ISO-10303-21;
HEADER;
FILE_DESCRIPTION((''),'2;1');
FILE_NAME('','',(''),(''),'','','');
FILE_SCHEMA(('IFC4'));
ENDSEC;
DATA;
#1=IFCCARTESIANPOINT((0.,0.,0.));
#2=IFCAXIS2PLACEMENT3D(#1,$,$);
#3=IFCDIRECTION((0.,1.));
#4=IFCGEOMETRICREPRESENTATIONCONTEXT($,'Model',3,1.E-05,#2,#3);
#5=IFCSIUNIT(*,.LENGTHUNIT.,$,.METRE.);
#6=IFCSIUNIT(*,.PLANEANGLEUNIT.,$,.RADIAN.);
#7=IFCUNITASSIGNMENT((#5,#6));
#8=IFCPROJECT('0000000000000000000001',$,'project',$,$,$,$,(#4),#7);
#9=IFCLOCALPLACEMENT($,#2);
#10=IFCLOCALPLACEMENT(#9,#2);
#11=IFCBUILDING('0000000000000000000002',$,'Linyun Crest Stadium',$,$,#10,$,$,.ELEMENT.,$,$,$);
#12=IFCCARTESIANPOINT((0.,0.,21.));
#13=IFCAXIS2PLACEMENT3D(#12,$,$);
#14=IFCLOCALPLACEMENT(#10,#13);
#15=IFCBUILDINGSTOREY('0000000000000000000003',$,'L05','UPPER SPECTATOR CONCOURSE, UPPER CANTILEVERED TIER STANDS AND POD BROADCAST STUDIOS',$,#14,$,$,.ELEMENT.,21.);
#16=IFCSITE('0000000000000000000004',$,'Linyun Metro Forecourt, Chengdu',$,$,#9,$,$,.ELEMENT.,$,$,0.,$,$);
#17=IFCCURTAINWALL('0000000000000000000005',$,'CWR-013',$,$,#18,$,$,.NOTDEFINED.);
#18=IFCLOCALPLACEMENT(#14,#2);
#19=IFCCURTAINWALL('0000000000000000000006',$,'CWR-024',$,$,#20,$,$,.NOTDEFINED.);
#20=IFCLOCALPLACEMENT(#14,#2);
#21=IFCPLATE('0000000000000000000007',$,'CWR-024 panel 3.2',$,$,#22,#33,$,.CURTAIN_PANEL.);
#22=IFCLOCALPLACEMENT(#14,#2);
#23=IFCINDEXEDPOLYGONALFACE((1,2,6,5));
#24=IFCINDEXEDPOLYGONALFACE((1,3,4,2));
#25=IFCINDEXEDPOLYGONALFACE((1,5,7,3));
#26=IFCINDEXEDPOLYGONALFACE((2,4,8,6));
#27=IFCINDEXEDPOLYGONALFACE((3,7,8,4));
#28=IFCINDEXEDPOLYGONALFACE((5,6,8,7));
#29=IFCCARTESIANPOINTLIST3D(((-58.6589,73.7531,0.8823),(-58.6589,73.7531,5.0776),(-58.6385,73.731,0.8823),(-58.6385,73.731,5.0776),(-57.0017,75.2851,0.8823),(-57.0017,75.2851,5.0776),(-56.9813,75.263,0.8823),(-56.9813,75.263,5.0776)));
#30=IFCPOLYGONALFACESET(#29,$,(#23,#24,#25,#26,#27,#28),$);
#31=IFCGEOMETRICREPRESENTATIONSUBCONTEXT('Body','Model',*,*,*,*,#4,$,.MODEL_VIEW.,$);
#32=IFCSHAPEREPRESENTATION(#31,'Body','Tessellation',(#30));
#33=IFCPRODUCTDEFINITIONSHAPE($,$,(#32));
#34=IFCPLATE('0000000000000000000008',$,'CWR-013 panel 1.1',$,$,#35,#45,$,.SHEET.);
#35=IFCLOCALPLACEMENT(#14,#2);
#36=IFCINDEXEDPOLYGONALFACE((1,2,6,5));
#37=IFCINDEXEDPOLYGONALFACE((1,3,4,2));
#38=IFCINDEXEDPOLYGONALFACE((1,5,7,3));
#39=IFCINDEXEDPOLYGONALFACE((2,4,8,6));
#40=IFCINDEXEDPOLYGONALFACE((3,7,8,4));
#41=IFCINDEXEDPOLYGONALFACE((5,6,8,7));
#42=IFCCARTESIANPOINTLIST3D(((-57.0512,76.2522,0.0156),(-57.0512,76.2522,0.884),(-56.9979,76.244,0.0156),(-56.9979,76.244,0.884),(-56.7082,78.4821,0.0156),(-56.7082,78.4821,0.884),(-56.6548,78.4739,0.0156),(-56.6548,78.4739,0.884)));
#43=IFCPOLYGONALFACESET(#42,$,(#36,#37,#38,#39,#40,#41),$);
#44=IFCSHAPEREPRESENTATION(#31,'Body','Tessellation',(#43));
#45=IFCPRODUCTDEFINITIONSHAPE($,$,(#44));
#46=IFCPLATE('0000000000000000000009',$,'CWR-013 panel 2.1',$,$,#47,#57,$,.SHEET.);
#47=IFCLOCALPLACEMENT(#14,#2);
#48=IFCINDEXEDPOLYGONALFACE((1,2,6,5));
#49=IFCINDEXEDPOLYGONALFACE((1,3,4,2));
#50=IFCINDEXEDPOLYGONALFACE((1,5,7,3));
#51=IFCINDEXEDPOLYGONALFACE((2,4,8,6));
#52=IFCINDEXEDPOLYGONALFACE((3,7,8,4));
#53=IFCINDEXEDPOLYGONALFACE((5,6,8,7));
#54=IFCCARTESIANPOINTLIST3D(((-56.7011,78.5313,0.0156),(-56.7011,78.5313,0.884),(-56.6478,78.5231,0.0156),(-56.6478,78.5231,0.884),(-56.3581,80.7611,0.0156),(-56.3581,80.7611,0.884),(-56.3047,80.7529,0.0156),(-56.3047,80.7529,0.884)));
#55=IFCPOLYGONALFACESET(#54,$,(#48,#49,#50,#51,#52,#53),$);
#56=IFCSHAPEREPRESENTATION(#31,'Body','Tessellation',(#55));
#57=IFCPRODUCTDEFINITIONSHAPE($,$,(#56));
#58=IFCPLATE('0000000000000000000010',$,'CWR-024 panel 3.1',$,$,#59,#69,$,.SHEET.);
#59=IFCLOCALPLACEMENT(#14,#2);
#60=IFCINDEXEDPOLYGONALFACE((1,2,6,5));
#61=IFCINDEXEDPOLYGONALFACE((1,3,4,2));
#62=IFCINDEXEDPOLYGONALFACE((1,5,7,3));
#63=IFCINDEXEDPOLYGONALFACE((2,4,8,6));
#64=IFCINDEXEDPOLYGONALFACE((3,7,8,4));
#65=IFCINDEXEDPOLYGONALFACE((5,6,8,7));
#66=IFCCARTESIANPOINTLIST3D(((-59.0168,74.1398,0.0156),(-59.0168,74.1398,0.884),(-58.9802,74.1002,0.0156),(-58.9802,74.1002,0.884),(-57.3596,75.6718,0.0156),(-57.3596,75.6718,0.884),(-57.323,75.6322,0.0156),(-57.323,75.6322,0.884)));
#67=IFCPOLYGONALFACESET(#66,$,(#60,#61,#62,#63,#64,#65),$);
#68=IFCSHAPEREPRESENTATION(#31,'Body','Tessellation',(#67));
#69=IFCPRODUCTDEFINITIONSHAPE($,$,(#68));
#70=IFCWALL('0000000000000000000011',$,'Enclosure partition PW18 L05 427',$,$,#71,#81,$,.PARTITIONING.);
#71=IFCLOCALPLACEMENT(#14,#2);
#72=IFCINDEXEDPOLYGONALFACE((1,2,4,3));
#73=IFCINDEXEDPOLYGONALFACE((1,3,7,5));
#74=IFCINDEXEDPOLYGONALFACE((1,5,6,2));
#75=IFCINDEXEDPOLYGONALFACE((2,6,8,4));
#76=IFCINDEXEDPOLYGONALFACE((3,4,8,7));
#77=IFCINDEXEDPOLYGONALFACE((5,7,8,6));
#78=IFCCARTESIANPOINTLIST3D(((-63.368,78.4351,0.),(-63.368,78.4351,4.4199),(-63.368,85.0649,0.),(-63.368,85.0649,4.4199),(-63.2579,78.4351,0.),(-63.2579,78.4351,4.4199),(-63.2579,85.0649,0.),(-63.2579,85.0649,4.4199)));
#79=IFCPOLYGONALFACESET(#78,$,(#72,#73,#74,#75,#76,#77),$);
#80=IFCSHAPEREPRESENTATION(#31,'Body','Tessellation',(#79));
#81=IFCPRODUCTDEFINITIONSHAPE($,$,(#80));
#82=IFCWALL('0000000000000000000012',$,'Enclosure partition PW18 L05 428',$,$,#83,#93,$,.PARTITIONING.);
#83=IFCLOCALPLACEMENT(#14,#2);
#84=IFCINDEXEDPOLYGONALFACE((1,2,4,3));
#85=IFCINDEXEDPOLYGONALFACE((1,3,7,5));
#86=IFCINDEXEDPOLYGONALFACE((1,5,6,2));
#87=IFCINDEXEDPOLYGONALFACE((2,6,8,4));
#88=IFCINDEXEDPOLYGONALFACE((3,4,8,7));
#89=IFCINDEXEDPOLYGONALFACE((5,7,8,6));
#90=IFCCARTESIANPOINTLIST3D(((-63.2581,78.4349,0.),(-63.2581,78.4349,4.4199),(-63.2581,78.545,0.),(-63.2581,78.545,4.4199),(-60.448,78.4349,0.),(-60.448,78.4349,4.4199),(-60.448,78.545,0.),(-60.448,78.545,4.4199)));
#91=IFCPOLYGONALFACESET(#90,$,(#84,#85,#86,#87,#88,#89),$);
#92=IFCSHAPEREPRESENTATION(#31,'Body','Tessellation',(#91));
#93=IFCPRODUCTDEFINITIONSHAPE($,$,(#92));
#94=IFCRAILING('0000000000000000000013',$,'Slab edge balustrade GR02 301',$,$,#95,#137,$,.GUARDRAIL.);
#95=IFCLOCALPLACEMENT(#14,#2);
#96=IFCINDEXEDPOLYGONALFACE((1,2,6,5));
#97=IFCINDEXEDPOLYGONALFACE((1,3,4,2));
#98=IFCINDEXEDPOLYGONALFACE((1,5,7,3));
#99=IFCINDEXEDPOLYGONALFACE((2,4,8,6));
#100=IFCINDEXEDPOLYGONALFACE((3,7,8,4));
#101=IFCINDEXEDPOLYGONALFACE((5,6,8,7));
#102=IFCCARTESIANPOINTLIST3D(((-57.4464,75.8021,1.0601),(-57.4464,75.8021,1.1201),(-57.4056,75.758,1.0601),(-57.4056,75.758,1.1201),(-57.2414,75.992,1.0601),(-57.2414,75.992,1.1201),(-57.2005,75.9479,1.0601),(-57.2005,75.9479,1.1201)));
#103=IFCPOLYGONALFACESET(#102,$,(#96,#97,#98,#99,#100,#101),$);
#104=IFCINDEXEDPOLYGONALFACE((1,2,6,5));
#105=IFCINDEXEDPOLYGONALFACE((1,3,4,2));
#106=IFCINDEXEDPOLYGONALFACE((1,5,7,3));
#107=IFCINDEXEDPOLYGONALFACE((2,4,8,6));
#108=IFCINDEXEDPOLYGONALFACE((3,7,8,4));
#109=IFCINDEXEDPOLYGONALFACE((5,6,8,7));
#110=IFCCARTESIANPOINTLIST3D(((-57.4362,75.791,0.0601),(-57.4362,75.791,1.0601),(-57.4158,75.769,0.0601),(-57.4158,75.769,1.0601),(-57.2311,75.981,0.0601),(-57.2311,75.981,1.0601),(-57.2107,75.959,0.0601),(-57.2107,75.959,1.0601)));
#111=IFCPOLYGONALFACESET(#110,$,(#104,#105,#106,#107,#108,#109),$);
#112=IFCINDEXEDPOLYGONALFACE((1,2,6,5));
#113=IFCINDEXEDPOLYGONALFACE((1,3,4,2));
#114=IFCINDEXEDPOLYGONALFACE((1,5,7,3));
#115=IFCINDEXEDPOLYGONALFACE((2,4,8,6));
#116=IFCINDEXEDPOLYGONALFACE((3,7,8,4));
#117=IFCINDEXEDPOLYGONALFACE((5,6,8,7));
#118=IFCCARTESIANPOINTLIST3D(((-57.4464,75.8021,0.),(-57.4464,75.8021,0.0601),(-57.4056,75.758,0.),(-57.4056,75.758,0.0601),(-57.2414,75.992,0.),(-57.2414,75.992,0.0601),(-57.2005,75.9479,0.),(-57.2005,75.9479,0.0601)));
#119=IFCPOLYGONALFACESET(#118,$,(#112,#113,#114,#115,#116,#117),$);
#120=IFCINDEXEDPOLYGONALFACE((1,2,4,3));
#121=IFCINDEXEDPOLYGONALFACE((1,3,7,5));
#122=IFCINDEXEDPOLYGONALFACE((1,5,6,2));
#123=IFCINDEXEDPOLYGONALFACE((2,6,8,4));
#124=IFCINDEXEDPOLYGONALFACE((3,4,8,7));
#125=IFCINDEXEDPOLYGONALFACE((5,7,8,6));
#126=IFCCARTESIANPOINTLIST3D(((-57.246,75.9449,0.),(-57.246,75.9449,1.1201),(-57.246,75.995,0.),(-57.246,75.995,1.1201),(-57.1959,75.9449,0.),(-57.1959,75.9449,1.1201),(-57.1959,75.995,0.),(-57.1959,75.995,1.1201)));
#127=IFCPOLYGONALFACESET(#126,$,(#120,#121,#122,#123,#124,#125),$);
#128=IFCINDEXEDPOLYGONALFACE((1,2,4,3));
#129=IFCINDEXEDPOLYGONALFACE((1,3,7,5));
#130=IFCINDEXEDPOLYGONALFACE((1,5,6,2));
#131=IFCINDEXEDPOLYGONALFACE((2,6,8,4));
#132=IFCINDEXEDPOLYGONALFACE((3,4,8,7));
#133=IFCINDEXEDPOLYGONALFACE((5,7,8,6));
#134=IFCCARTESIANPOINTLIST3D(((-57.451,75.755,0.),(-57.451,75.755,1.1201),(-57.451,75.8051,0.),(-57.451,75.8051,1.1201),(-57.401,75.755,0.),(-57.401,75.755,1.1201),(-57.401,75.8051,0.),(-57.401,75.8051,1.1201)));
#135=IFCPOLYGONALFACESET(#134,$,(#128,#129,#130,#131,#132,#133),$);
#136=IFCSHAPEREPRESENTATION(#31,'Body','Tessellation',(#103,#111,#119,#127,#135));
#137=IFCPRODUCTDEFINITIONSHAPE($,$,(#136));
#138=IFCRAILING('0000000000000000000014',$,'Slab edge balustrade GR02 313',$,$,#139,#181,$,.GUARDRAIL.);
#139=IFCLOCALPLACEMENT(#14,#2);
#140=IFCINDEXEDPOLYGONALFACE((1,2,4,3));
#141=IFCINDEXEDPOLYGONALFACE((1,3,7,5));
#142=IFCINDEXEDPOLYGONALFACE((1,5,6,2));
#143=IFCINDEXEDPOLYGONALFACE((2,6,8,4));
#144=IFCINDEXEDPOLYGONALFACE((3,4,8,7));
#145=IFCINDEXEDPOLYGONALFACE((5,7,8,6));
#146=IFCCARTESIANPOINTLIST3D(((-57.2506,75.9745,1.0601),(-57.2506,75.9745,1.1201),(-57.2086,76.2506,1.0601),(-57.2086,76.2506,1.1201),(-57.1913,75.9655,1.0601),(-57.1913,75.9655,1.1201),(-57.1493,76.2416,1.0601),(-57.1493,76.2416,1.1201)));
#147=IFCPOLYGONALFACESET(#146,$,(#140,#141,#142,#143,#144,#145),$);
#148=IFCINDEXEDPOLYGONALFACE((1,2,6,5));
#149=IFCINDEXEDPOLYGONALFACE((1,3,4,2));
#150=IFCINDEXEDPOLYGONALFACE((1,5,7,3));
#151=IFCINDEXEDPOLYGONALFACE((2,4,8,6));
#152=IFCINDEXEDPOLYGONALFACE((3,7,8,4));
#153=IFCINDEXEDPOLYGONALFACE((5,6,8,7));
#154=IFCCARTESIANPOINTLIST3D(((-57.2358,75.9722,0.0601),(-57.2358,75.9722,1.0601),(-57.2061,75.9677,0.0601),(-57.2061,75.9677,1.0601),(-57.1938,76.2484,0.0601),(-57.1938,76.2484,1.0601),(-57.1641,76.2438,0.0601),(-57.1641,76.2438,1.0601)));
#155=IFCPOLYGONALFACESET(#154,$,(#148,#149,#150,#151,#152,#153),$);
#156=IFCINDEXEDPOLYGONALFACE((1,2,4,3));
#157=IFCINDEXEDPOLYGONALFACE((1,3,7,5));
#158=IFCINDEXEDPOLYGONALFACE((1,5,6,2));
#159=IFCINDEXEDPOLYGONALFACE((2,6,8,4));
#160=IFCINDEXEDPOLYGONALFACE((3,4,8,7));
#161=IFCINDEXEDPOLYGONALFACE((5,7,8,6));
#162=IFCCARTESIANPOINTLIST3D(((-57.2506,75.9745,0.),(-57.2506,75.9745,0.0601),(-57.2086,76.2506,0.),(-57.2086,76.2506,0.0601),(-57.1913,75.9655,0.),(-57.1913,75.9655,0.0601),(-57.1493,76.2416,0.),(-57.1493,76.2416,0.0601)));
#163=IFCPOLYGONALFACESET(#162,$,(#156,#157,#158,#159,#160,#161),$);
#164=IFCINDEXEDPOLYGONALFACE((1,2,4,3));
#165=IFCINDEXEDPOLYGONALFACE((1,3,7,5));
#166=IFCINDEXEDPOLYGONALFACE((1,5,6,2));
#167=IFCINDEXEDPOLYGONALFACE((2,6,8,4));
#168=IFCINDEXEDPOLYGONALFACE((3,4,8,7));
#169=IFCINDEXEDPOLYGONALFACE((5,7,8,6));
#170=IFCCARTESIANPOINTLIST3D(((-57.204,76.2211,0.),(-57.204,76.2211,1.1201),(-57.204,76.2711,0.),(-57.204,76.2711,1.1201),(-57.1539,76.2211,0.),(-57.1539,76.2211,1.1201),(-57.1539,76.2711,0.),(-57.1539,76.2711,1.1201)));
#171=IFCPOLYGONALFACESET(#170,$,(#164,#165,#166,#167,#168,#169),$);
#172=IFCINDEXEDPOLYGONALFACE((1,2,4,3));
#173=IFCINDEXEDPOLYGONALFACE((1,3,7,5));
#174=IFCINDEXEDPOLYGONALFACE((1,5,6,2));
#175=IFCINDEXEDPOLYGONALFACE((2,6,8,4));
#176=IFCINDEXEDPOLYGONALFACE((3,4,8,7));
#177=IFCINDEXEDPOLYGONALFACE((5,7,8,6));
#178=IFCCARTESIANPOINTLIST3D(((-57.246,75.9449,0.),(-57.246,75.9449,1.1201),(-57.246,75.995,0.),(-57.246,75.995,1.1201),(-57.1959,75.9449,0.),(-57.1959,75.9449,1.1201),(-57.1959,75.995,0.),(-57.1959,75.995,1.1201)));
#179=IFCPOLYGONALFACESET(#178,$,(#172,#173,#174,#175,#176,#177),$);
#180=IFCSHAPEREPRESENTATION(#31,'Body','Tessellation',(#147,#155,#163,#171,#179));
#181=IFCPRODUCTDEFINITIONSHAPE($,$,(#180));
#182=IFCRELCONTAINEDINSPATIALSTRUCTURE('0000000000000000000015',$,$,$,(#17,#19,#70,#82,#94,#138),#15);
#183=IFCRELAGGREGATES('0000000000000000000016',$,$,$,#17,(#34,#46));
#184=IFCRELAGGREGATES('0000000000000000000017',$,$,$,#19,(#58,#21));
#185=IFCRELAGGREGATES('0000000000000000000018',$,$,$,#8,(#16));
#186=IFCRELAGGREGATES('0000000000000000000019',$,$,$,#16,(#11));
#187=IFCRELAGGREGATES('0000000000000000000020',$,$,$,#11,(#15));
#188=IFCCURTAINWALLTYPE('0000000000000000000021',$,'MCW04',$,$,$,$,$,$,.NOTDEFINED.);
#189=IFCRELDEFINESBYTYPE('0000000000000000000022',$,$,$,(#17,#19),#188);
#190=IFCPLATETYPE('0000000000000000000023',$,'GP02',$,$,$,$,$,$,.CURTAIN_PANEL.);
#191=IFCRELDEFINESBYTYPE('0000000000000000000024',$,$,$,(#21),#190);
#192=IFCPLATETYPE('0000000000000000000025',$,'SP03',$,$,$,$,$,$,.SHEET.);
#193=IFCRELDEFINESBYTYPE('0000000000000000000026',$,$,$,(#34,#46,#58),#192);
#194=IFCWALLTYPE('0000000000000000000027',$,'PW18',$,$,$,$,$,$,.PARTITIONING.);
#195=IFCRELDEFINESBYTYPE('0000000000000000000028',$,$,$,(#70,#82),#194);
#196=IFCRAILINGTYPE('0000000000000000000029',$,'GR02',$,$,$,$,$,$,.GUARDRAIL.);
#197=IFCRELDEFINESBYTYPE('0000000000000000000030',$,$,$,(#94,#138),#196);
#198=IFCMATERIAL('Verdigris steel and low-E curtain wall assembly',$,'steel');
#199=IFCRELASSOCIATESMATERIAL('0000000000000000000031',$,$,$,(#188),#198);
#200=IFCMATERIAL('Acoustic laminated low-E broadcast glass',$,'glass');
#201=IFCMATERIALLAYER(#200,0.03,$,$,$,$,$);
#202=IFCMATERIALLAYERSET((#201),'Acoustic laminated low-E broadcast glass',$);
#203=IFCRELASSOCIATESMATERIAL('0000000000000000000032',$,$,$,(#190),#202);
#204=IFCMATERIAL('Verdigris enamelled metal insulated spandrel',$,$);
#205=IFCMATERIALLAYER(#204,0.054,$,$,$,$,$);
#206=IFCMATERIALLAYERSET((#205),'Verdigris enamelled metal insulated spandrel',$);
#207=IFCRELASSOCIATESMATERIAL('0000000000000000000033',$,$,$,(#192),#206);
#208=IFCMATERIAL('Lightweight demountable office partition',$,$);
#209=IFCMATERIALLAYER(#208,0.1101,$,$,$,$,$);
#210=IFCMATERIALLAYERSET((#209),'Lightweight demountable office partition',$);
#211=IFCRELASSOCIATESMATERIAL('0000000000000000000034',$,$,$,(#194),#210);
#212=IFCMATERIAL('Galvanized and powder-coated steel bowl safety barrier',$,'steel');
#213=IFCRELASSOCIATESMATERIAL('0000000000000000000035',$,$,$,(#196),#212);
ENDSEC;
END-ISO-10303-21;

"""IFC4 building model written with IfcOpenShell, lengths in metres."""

from ifc_helpers import new_model, si_unit, direction, frame, frame_2d, origin, origin_2d, place, context, subcontext, project, spatial, rectangle, extrude, material, layer, layer_set, type_object, element, aggregate, save


model = new_model("IFC4")

# Units and contexts
model_context = context("Model", 3, precision=1e-05, world=origin(), true_north=direction((0.0, 1.0)))
body_context = subcontext(model_context, "Body", "Model", "MODEL_VIEW")
ifc_project = project(units=[si_unit("LENGTHUNIT", "METRE"), si_unit("PLANEANGLEUNIT", "RADIAN")], contexts=[model_context])

# Site, building, storey
site_placement = place(None, origin())
site = spatial("IfcSite", under=ifc_project, at=site_placement, Name="Linyun Metro Forecourt, Chengdu", CompositionType="ELEMENT", RefElevation=0.0)
building_placement = place(site_placement, origin())
building = spatial("IfcBuilding", under=site, at=building_placement, Name="Linyun Crest Stadium", CompositionType="ELEMENT")
storey_placement = place(building_placement, frame((0.0, 0.0, 21.0)))
storey = spatial("IfcBuildingStorey", under=building, at=storey_placement, Name="L05", Description="UPPER SPECTATOR CONCOURSE, UPPER CANTILEVERED TIER STANDS AND POD BROADCAST STUDIOS", CompositionType="ELEMENT", Elevation=21.0)

# Curtain wall
ifc_material_1 = material(Name="Verdigris steel and low-E curtain wall assembly", Category="steel")
curtain_wall_type = type_object("IfcCurtainWallType", Name="MCW04", PredefinedType="NOTDEFINED", material=ifc_material_1)
curtain_wall_1_placement = place(storey_placement, origin())
curtain_wall_1 = element("IfcCurtainWall", 1, at=curtain_wall_1_placement, inside=storey, type_object=curtain_wall_type, Name="CWR-013", PredefinedType="NOTDEFINED")

# Curtain wall
curtain_wall_2_placement = place(storey_placement, origin())
curtain_wall_2 = element("IfcCurtainWall", 2, at=curtain_wall_2_placement, inside=storey, type_object=curtain_wall_type, Name="CWR-024", PredefinedType="NOTDEFINED")

# Plates
ifc_material_2 = material(Name="Acoustic laminated low-E broadcast glass", Category="glass")
ifc_layer_1 = layer(ifc_material_2, 0.03)
ifc_layer_set_1 = layer_set([ifc_layer_1], Name="Acoustic laminated low-E broadcast glass")
plate_type_1 = type_object("IfcPlateType", Name="GP02", PredefinedType="CURTAIN_PANEL", material=ifc_layer_set_1)
plate_1_placement = place(storey_placement, frame((-57.8201, 74.5081, 0.8823), z_axis=(0.0, 0.0, 1.0), x_axis=(0.734299, 0.678826, 0.0)))
plate_1 = element("IfcPlate", 3, at=plate_1_placement, type_object=plate_type_1, Name="CWR-024 panel 3.2", PredefinedType="CURTAIN_PANEL", context=body_context, shape_type="SweptSolid", body=[
    extrude(rectangle(XDim=2.2568, YDim=0.03, at=origin_2d()), origin(), (0.0, 0.0, 1.0), 4.1953),
])
ifc_material_3 = material(Name="Verdigris enamelled metal insulated spandrel")
ifc_layer_2 = layer(ifc_material_3, 0.054)
ifc_layer_set_2 = layer_set([ifc_layer_2], Name="Verdigris enamelled metal insulated spandrel")
plate_type_2 = type_object("IfcPlateType", Name="SP03", PredefinedType="SHEET", material=ifc_layer_set_2)
plate_2_placement = place(storey_placement, frame((-56.853, 77.363, 0.0156), z_axis=(0.0, 0.0, 1.0), x_axis=(0.152054, 0.988372, 0.0)))
plate_2 = element("IfcPlate", 4, at=plate_2_placement, type_object=plate_type_2, Name="CWR-013 panel 1.1", PredefinedType="SHEET", context=body_context, shape_type="SweptSolid", body=[
    extrude(rectangle(XDim=2.2561, YDim=0.054, at=origin_2d()), origin(), (0.0, 0.0, 1.0), 0.8684),
])
plate_3_placement = place(storey_placement, frame((-56.5029, 79.6421, 0.0156), z_axis=(0.0, 0.0, 1.0), x_axis=(0.152054, 0.988372, 0.0)))
plate_3 = element("IfcPlate", 5, at=plate_3_placement, type_object=plate_type_2, Name="CWR-013 panel 2.1", PredefinedType="SHEET", context=body_context, shape_type="SweptSolid", body=[
    extrude(rectangle(XDim=2.2561, YDim=0.054, at=origin_2d()), origin(), (0.0, 0.0, 1.0), 0.8684),
])
aggregate(curtain_wall_1, [plate_2, plate_3])
plate_4_placement = place(storey_placement, frame((-58.1699, 74.886, 0.0156), z_axis=(0.0, 0.0, 1.0), x_axis=(0.734299, 0.678826, 0.0)))
plate_4 = element("IfcPlate", 6, at=plate_4_placement, type_object=plate_type_2, Name="CWR-024 panel 3.1", PredefinedType="SHEET", context=body_context, shape_type="SweptSolid", body=[
    extrude(rectangle(XDim=2.2568, YDim=0.054, at=origin_2d()), origin(), (0.0, 0.0, 1.0), 0.8684),
])
aggregate(curtain_wall_2, [plate_4, plate_1])

# Walls
ifc_material_4 = material(Name="Lightweight demountable office partition")
ifc_layer_3 = layer(ifc_material_4, 0.1101)
ifc_layer_set_3 = layer_set([ifc_layer_3], Name="Lightweight demountable office partition")
wall_type = type_object("IfcWallType", Name="PW18", PredefinedType="PARTITIONING", material=ifc_layer_set_3)
wall_1_placement = place(storey_placement, frame((-63.313, 78.4351, 0.0), z_axis=(0.0, 0.0, 1.0), x_axis=(0.0, 1.0, 0.0)))
element("IfcWall", 7, at=wall_1_placement, inside=storey, type_object=wall_type, Name="Enclosure partition PW18 L05 427", PredefinedType="PARTITIONING", context=body_context, shape_type="SweptSolid", body=[
    extrude(rectangle(XDim=6.6299, YDim=0.1101, at=frame_2d((3.3149, 0.0))), origin(), (0.0, 0.0, 1.0), 4.4199),
])
wall_2_placement = place(storey_placement, frame((-63.2581, 78.49, 0.0), z_axis=(0.0, 0.0, 1.0), x_axis=(1.0, 0.0, 0.0)))
element("IfcWall", 8, at=wall_2_placement, inside=storey, type_object=wall_type, Name="Enclosure partition PW18 L05 428", PredefinedType="PARTITIONING", context=body_context, shape_type="SweptSolid", body=[
    extrude(rectangle(XDim=2.8101, YDim=0.1101, at=frame_2d((1.405, 0.0))), origin(), (0.0, 0.0, 1.0), 4.4199),
])

# Railings
ifc_material_5 = material(Name="Galvanized and powder-coated steel bowl safety barrier", Category="steel")
railing_type = type_object("IfcRailingType", Name="GR02", PredefinedType="GUARDRAIL", material=ifc_material_5)
railing_1_placement = place(storey_placement, frame((-57.2209, 75.97, 0.0)))
element("IfcRailing", 9, at=railing_1_placement, inside=storey, type_object=railing_type, Name="Slab edge balustrade GR02 301", PredefinedType="GUARDRAIL", context=body_context, shape_type="SweptSolid", body=[
    extrude(rectangle(XDim=0.0601, YDim=0.0601, at=origin_2d()), frame((0.0, 0.0, 1.0901), z_axis=(-0.733664, -0.679513, 0.0), x_axis=(0.679513, -0.733664, 0.0)), (0.0, 0.0, 1.0), 0.2795),
    extrude(rectangle(XDim=0.03, YDim=1.0, at=origin_2d()), frame((0.0, 0.0, 0.5601), z_axis=(-0.733664, -0.679513, 0.0), x_axis=(0.679513, -0.733664, 0.0)), (0.0, 0.0, 1.0), 0.2795),
    extrude(rectangle(XDim=0.0601, YDim=0.0601, at=origin_2d()), frame((0.0, 0.0, 0.03), z_axis=(-0.733664, -0.679513, 0.0), x_axis=(0.679513, -0.733664, 0.0)), (0.0, 0.0, 1.0), 0.2795),
    extrude(rectangle(XDim=0.05, YDim=0.05, at=origin_2d()), origin(), (0.0, 0.0, 1.0), 1.1201),
    extrude(rectangle(XDim=0.05, YDim=0.05, at=origin_2d()), frame((-0.2051, -0.1899, 0.0)), (0.0, 0.0, 1.0), 1.1201),
])
railing_2_placement = place(storey_placement, frame((-57.179, 76.2461, 0.0)))
element("IfcRailing", 10, at=railing_2_placement, inside=storey, type_object=railing_type, Name="Slab edge balustrade GR02 313", PredefinedType="GUARDRAIL", context=body_context, shape_type="SweptSolid", body=[
    extrude(rectangle(XDim=0.0601, YDim=0.0601, at=origin_2d()), frame((0.0, 0.0, 1.0901), z_axis=(-0.150349, -0.988633, 0.0), x_axis=(0.988633, -0.150349, 0.0)), (0.0, 0.0, 1.0), 0.2793),
    extrude(rectangle(XDim=0.03, YDim=1.0, at=origin_2d()), frame((0.0, 0.0, 0.5601), z_axis=(-0.150349, -0.988633, 0.0), x_axis=(0.988633, -0.150349, 0.0)), (0.0, 0.0, 1.0), 0.2793),
    extrude(rectangle(XDim=0.0601, YDim=0.0601, at=origin_2d()), frame((0.0, 0.0, 0.03), z_axis=(-0.150349, -0.988633, 0.0), x_axis=(0.988633, -0.150349, 0.0)), (0.0, 0.0, 1.0), 0.2793),
    extrude(rectangle(XDim=0.05, YDim=0.05, at=origin_2d()), origin(), (0.0, 0.0, 1.0), 1.1201),
    extrude(rectangle(XDim=0.05, YDim=0.05, at=origin_2d()), frame((-0.042, -0.2761, 0.0)), (0.0, 0.0, 1.0), 1.1201),
])

save(model, "model.ifc")
